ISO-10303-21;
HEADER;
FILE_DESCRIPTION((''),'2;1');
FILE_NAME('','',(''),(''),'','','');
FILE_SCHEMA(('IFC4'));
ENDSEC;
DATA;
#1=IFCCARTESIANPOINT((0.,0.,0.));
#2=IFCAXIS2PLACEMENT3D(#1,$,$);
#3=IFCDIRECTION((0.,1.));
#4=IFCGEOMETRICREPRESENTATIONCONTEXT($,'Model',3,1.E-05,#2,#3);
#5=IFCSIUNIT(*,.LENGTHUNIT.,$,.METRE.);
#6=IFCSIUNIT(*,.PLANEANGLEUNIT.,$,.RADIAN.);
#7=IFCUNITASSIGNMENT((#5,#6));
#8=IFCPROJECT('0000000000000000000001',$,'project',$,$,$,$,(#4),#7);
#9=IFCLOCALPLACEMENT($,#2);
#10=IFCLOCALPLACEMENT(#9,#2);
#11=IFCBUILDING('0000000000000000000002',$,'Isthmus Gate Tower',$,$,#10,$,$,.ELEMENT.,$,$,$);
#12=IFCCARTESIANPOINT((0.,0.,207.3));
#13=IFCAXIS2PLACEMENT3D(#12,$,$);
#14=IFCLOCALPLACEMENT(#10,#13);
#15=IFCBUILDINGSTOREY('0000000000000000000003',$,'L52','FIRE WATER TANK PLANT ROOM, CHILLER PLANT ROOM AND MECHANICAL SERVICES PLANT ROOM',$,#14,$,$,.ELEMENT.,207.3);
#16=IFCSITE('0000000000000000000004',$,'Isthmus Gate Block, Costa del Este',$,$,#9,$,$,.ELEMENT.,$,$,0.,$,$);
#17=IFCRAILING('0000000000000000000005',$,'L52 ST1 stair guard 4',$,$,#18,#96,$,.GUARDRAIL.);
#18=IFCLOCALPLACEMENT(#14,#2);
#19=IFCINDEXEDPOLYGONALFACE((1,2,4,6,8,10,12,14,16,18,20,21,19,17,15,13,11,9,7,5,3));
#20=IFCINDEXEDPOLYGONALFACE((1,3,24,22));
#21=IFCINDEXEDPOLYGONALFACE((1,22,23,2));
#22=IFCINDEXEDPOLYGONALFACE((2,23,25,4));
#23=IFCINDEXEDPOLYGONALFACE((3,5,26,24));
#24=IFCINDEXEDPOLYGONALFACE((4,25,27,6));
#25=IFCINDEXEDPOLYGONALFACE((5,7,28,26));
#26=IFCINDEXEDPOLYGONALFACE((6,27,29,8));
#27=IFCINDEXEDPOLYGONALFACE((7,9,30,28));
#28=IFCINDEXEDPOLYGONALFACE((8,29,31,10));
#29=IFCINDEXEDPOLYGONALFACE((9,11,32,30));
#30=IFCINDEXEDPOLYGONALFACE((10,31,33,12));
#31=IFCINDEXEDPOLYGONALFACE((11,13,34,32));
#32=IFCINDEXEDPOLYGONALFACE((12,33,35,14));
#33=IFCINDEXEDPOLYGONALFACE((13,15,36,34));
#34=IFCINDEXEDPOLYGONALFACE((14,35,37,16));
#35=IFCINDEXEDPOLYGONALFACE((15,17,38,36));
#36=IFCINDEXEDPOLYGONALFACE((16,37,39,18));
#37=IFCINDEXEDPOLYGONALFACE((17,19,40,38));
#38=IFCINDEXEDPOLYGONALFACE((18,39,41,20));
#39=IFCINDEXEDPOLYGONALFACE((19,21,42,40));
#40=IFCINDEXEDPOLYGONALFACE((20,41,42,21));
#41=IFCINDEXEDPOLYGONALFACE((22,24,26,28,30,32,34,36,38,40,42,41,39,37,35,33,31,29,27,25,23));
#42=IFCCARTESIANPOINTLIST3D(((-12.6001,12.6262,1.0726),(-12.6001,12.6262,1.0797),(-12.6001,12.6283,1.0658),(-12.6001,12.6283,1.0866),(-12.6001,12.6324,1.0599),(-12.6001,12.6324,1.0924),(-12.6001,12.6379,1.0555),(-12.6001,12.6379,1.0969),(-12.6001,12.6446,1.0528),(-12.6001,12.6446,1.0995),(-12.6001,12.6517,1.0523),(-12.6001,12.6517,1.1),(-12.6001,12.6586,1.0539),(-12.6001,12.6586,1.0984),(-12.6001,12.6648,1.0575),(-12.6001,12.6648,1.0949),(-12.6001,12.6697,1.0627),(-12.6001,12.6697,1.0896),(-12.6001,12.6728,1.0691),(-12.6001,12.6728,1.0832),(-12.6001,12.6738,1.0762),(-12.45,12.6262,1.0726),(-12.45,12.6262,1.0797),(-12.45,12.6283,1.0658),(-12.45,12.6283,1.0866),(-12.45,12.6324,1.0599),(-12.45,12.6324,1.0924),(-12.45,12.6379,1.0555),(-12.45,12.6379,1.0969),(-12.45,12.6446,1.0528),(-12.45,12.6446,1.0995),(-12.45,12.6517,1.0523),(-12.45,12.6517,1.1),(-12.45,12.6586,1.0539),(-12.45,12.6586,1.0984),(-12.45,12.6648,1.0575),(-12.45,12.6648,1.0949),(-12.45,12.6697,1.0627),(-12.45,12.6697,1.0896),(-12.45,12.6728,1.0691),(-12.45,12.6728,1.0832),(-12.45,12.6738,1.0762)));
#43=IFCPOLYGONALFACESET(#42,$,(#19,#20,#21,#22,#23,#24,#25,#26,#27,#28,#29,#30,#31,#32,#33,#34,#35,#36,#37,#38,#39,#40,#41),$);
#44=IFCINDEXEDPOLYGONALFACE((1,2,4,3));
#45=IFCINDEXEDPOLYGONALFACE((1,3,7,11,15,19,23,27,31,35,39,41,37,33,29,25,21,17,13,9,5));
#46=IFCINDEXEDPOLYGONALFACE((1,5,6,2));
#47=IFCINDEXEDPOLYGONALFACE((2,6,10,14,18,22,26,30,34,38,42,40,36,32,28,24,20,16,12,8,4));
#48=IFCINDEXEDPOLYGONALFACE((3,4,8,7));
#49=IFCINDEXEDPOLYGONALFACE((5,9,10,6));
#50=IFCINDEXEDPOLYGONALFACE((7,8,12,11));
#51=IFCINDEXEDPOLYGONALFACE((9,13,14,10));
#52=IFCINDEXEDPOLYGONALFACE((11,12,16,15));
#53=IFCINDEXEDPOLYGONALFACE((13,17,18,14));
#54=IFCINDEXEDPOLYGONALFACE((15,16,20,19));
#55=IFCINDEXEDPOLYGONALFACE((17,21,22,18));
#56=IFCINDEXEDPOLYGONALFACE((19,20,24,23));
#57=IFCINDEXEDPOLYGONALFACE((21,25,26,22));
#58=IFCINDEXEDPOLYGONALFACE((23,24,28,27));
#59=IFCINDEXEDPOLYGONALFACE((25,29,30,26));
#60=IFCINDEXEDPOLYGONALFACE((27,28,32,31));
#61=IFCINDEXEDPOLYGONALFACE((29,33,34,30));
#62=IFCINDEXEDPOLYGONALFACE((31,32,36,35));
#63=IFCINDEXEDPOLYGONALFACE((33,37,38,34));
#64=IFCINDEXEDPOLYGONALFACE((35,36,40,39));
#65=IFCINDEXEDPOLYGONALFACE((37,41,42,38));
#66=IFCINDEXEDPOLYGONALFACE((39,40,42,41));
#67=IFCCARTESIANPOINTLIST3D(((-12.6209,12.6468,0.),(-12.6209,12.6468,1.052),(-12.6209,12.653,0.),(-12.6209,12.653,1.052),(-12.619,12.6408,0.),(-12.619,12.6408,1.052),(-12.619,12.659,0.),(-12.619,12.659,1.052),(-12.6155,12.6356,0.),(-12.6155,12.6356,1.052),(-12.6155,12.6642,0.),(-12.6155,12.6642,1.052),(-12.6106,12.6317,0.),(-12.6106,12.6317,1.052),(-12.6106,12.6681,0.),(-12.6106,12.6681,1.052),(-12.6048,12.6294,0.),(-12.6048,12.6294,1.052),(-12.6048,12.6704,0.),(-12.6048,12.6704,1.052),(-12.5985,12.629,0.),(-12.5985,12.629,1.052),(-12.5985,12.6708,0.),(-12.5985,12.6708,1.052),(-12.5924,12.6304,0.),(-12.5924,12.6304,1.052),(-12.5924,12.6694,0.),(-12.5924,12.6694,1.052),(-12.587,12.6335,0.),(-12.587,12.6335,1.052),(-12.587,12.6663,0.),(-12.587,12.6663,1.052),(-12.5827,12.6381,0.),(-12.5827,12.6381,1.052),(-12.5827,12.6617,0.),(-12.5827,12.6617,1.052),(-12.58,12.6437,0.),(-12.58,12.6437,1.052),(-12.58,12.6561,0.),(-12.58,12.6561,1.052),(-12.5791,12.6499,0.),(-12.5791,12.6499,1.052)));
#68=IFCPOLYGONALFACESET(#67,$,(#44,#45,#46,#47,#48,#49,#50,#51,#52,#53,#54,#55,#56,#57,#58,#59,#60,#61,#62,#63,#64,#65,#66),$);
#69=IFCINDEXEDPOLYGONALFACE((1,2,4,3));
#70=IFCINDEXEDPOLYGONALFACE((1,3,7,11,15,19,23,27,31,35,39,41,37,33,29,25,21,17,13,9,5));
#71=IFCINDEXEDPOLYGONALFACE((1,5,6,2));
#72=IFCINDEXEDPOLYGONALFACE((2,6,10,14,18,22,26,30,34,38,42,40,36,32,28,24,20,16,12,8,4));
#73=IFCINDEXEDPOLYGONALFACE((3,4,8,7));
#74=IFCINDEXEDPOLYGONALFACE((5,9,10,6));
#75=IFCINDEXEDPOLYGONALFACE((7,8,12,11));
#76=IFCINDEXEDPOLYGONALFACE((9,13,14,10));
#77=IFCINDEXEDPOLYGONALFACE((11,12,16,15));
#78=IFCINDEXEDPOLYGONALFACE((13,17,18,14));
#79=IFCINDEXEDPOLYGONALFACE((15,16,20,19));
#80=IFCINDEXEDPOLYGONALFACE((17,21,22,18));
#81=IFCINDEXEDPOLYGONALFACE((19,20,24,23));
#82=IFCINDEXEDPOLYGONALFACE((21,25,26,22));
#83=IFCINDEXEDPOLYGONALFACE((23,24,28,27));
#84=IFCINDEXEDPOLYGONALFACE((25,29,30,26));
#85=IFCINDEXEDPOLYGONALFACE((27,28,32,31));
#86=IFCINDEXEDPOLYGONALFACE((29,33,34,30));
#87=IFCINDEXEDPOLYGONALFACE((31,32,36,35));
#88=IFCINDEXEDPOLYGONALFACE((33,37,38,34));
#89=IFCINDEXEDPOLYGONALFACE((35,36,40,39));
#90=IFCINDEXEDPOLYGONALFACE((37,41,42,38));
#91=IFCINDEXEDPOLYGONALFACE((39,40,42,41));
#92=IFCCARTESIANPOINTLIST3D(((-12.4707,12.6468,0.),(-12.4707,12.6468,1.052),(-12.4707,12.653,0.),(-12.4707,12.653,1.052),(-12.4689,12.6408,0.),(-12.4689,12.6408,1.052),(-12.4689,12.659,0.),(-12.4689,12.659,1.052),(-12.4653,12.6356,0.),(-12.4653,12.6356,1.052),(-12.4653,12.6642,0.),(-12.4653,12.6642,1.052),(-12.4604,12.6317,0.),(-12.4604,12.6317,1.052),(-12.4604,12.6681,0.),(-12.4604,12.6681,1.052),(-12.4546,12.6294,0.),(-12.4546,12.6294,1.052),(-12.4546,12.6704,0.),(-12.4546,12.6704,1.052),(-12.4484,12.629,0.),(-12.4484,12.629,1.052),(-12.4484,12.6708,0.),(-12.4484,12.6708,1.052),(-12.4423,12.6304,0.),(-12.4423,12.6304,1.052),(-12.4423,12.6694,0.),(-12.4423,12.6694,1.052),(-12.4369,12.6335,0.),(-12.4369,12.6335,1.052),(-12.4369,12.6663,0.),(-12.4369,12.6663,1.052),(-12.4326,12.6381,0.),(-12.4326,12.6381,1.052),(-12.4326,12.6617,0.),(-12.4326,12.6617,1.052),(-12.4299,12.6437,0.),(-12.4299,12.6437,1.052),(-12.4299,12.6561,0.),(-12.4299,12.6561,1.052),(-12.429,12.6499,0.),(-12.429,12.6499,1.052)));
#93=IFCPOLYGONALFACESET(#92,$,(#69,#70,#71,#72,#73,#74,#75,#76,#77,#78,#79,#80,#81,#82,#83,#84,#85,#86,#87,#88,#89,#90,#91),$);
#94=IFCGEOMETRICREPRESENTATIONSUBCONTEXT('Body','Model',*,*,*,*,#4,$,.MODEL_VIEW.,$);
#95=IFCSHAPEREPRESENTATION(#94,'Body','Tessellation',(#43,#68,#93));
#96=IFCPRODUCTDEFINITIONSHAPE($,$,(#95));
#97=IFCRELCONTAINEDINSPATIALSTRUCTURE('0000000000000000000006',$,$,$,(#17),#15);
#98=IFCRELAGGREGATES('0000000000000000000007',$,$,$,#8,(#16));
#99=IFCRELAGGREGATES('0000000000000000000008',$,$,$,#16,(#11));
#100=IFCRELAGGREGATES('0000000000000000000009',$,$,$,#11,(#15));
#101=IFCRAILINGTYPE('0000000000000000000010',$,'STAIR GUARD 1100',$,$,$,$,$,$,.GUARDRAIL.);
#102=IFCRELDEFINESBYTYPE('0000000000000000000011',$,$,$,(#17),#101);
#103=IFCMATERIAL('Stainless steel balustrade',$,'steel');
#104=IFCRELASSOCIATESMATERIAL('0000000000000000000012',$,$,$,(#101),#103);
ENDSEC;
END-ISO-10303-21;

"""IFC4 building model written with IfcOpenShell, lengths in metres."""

from ifc_helpers import new_model, si_unit, direction, frame, origin, origin_2d, place, context, subcontext, project, spatial, circle, extrude, material, type_object, element, save


model = new_model("IFC4")

# Units and contexts
model_context = context("Model", 3, precision=1e-05, world=origin(), true_north=direction((0.0, 1.0)))
body_context = subcontext(model_context, "Body", "Model", "MODEL_VIEW")
ifc_project = project(units=[si_unit("LENGTHUNIT", "METRE"), si_unit("PLANEANGLEUNIT", "RADIAN")], contexts=[model_context])

# Site, building, storey
site_placement = place(None, origin())
site = spatial("IfcSite", under=ifc_project, at=site_placement, Name="Isthmus Gate Block, Costa del Este", CompositionType="ELEMENT", RefElevation=0.0)
building_placement = place(site_placement, origin())
building = spatial("IfcBuilding", under=site, at=building_placement, Name="Isthmus Gate Tower", CompositionType="ELEMENT")
storey_placement = place(building_placement, frame((0.0, 0.0, 207.3)))
storey = spatial("IfcBuildingStorey", under=building, at=storey_placement, Name="L52", Description="FIRE WATER TANK PLANT ROOM, CHILLER PLANT ROOM AND MECHANICAL SERVICES PLANT ROOM", CompositionType="ELEMENT", Elevation=207.3)

# Railing
ifc_material_1 = material(Name="Stainless steel balustrade", Category="steel")
railing_type_1 = type_object("IfcRailingType", Name="STAIR GUARD 1100", PredefinedType="GUARDRAIL", material=ifc_material_1)
railing_1_placement = place(storey_placement, frame((-12.6001, 12.6499, 0.0)))
element("IfcRailing", 1, at=railing_1_placement, inside=storey, type_object=railing_type_1, Name="L52 ST1 stair guard 4", PredefinedType="GUARDRAIL", context=body_context, shape_type="SweptSolid", body=[
    extrude(circle(Radius=0.0239, at=origin_2d()), frame((0.0, 0.0, 1.0762), z_axis=(1.0, 0.0, 0.0), x_axis=(0.0, 1.0, 0.0)), (0.0, 0.0, 1.0), 0.1501),
    extrude(circle(Radius=0.021, at=origin_2d()), origin(), (0.0, 0.0, 1.0), 1.052),
    extrude(circle(Radius=0.021, at=origin_2d()), frame((0.1501, 0.0, 0.0)), (0.0, 0.0, 1.0), 1.052),
])

save(model, "model.ifc")
